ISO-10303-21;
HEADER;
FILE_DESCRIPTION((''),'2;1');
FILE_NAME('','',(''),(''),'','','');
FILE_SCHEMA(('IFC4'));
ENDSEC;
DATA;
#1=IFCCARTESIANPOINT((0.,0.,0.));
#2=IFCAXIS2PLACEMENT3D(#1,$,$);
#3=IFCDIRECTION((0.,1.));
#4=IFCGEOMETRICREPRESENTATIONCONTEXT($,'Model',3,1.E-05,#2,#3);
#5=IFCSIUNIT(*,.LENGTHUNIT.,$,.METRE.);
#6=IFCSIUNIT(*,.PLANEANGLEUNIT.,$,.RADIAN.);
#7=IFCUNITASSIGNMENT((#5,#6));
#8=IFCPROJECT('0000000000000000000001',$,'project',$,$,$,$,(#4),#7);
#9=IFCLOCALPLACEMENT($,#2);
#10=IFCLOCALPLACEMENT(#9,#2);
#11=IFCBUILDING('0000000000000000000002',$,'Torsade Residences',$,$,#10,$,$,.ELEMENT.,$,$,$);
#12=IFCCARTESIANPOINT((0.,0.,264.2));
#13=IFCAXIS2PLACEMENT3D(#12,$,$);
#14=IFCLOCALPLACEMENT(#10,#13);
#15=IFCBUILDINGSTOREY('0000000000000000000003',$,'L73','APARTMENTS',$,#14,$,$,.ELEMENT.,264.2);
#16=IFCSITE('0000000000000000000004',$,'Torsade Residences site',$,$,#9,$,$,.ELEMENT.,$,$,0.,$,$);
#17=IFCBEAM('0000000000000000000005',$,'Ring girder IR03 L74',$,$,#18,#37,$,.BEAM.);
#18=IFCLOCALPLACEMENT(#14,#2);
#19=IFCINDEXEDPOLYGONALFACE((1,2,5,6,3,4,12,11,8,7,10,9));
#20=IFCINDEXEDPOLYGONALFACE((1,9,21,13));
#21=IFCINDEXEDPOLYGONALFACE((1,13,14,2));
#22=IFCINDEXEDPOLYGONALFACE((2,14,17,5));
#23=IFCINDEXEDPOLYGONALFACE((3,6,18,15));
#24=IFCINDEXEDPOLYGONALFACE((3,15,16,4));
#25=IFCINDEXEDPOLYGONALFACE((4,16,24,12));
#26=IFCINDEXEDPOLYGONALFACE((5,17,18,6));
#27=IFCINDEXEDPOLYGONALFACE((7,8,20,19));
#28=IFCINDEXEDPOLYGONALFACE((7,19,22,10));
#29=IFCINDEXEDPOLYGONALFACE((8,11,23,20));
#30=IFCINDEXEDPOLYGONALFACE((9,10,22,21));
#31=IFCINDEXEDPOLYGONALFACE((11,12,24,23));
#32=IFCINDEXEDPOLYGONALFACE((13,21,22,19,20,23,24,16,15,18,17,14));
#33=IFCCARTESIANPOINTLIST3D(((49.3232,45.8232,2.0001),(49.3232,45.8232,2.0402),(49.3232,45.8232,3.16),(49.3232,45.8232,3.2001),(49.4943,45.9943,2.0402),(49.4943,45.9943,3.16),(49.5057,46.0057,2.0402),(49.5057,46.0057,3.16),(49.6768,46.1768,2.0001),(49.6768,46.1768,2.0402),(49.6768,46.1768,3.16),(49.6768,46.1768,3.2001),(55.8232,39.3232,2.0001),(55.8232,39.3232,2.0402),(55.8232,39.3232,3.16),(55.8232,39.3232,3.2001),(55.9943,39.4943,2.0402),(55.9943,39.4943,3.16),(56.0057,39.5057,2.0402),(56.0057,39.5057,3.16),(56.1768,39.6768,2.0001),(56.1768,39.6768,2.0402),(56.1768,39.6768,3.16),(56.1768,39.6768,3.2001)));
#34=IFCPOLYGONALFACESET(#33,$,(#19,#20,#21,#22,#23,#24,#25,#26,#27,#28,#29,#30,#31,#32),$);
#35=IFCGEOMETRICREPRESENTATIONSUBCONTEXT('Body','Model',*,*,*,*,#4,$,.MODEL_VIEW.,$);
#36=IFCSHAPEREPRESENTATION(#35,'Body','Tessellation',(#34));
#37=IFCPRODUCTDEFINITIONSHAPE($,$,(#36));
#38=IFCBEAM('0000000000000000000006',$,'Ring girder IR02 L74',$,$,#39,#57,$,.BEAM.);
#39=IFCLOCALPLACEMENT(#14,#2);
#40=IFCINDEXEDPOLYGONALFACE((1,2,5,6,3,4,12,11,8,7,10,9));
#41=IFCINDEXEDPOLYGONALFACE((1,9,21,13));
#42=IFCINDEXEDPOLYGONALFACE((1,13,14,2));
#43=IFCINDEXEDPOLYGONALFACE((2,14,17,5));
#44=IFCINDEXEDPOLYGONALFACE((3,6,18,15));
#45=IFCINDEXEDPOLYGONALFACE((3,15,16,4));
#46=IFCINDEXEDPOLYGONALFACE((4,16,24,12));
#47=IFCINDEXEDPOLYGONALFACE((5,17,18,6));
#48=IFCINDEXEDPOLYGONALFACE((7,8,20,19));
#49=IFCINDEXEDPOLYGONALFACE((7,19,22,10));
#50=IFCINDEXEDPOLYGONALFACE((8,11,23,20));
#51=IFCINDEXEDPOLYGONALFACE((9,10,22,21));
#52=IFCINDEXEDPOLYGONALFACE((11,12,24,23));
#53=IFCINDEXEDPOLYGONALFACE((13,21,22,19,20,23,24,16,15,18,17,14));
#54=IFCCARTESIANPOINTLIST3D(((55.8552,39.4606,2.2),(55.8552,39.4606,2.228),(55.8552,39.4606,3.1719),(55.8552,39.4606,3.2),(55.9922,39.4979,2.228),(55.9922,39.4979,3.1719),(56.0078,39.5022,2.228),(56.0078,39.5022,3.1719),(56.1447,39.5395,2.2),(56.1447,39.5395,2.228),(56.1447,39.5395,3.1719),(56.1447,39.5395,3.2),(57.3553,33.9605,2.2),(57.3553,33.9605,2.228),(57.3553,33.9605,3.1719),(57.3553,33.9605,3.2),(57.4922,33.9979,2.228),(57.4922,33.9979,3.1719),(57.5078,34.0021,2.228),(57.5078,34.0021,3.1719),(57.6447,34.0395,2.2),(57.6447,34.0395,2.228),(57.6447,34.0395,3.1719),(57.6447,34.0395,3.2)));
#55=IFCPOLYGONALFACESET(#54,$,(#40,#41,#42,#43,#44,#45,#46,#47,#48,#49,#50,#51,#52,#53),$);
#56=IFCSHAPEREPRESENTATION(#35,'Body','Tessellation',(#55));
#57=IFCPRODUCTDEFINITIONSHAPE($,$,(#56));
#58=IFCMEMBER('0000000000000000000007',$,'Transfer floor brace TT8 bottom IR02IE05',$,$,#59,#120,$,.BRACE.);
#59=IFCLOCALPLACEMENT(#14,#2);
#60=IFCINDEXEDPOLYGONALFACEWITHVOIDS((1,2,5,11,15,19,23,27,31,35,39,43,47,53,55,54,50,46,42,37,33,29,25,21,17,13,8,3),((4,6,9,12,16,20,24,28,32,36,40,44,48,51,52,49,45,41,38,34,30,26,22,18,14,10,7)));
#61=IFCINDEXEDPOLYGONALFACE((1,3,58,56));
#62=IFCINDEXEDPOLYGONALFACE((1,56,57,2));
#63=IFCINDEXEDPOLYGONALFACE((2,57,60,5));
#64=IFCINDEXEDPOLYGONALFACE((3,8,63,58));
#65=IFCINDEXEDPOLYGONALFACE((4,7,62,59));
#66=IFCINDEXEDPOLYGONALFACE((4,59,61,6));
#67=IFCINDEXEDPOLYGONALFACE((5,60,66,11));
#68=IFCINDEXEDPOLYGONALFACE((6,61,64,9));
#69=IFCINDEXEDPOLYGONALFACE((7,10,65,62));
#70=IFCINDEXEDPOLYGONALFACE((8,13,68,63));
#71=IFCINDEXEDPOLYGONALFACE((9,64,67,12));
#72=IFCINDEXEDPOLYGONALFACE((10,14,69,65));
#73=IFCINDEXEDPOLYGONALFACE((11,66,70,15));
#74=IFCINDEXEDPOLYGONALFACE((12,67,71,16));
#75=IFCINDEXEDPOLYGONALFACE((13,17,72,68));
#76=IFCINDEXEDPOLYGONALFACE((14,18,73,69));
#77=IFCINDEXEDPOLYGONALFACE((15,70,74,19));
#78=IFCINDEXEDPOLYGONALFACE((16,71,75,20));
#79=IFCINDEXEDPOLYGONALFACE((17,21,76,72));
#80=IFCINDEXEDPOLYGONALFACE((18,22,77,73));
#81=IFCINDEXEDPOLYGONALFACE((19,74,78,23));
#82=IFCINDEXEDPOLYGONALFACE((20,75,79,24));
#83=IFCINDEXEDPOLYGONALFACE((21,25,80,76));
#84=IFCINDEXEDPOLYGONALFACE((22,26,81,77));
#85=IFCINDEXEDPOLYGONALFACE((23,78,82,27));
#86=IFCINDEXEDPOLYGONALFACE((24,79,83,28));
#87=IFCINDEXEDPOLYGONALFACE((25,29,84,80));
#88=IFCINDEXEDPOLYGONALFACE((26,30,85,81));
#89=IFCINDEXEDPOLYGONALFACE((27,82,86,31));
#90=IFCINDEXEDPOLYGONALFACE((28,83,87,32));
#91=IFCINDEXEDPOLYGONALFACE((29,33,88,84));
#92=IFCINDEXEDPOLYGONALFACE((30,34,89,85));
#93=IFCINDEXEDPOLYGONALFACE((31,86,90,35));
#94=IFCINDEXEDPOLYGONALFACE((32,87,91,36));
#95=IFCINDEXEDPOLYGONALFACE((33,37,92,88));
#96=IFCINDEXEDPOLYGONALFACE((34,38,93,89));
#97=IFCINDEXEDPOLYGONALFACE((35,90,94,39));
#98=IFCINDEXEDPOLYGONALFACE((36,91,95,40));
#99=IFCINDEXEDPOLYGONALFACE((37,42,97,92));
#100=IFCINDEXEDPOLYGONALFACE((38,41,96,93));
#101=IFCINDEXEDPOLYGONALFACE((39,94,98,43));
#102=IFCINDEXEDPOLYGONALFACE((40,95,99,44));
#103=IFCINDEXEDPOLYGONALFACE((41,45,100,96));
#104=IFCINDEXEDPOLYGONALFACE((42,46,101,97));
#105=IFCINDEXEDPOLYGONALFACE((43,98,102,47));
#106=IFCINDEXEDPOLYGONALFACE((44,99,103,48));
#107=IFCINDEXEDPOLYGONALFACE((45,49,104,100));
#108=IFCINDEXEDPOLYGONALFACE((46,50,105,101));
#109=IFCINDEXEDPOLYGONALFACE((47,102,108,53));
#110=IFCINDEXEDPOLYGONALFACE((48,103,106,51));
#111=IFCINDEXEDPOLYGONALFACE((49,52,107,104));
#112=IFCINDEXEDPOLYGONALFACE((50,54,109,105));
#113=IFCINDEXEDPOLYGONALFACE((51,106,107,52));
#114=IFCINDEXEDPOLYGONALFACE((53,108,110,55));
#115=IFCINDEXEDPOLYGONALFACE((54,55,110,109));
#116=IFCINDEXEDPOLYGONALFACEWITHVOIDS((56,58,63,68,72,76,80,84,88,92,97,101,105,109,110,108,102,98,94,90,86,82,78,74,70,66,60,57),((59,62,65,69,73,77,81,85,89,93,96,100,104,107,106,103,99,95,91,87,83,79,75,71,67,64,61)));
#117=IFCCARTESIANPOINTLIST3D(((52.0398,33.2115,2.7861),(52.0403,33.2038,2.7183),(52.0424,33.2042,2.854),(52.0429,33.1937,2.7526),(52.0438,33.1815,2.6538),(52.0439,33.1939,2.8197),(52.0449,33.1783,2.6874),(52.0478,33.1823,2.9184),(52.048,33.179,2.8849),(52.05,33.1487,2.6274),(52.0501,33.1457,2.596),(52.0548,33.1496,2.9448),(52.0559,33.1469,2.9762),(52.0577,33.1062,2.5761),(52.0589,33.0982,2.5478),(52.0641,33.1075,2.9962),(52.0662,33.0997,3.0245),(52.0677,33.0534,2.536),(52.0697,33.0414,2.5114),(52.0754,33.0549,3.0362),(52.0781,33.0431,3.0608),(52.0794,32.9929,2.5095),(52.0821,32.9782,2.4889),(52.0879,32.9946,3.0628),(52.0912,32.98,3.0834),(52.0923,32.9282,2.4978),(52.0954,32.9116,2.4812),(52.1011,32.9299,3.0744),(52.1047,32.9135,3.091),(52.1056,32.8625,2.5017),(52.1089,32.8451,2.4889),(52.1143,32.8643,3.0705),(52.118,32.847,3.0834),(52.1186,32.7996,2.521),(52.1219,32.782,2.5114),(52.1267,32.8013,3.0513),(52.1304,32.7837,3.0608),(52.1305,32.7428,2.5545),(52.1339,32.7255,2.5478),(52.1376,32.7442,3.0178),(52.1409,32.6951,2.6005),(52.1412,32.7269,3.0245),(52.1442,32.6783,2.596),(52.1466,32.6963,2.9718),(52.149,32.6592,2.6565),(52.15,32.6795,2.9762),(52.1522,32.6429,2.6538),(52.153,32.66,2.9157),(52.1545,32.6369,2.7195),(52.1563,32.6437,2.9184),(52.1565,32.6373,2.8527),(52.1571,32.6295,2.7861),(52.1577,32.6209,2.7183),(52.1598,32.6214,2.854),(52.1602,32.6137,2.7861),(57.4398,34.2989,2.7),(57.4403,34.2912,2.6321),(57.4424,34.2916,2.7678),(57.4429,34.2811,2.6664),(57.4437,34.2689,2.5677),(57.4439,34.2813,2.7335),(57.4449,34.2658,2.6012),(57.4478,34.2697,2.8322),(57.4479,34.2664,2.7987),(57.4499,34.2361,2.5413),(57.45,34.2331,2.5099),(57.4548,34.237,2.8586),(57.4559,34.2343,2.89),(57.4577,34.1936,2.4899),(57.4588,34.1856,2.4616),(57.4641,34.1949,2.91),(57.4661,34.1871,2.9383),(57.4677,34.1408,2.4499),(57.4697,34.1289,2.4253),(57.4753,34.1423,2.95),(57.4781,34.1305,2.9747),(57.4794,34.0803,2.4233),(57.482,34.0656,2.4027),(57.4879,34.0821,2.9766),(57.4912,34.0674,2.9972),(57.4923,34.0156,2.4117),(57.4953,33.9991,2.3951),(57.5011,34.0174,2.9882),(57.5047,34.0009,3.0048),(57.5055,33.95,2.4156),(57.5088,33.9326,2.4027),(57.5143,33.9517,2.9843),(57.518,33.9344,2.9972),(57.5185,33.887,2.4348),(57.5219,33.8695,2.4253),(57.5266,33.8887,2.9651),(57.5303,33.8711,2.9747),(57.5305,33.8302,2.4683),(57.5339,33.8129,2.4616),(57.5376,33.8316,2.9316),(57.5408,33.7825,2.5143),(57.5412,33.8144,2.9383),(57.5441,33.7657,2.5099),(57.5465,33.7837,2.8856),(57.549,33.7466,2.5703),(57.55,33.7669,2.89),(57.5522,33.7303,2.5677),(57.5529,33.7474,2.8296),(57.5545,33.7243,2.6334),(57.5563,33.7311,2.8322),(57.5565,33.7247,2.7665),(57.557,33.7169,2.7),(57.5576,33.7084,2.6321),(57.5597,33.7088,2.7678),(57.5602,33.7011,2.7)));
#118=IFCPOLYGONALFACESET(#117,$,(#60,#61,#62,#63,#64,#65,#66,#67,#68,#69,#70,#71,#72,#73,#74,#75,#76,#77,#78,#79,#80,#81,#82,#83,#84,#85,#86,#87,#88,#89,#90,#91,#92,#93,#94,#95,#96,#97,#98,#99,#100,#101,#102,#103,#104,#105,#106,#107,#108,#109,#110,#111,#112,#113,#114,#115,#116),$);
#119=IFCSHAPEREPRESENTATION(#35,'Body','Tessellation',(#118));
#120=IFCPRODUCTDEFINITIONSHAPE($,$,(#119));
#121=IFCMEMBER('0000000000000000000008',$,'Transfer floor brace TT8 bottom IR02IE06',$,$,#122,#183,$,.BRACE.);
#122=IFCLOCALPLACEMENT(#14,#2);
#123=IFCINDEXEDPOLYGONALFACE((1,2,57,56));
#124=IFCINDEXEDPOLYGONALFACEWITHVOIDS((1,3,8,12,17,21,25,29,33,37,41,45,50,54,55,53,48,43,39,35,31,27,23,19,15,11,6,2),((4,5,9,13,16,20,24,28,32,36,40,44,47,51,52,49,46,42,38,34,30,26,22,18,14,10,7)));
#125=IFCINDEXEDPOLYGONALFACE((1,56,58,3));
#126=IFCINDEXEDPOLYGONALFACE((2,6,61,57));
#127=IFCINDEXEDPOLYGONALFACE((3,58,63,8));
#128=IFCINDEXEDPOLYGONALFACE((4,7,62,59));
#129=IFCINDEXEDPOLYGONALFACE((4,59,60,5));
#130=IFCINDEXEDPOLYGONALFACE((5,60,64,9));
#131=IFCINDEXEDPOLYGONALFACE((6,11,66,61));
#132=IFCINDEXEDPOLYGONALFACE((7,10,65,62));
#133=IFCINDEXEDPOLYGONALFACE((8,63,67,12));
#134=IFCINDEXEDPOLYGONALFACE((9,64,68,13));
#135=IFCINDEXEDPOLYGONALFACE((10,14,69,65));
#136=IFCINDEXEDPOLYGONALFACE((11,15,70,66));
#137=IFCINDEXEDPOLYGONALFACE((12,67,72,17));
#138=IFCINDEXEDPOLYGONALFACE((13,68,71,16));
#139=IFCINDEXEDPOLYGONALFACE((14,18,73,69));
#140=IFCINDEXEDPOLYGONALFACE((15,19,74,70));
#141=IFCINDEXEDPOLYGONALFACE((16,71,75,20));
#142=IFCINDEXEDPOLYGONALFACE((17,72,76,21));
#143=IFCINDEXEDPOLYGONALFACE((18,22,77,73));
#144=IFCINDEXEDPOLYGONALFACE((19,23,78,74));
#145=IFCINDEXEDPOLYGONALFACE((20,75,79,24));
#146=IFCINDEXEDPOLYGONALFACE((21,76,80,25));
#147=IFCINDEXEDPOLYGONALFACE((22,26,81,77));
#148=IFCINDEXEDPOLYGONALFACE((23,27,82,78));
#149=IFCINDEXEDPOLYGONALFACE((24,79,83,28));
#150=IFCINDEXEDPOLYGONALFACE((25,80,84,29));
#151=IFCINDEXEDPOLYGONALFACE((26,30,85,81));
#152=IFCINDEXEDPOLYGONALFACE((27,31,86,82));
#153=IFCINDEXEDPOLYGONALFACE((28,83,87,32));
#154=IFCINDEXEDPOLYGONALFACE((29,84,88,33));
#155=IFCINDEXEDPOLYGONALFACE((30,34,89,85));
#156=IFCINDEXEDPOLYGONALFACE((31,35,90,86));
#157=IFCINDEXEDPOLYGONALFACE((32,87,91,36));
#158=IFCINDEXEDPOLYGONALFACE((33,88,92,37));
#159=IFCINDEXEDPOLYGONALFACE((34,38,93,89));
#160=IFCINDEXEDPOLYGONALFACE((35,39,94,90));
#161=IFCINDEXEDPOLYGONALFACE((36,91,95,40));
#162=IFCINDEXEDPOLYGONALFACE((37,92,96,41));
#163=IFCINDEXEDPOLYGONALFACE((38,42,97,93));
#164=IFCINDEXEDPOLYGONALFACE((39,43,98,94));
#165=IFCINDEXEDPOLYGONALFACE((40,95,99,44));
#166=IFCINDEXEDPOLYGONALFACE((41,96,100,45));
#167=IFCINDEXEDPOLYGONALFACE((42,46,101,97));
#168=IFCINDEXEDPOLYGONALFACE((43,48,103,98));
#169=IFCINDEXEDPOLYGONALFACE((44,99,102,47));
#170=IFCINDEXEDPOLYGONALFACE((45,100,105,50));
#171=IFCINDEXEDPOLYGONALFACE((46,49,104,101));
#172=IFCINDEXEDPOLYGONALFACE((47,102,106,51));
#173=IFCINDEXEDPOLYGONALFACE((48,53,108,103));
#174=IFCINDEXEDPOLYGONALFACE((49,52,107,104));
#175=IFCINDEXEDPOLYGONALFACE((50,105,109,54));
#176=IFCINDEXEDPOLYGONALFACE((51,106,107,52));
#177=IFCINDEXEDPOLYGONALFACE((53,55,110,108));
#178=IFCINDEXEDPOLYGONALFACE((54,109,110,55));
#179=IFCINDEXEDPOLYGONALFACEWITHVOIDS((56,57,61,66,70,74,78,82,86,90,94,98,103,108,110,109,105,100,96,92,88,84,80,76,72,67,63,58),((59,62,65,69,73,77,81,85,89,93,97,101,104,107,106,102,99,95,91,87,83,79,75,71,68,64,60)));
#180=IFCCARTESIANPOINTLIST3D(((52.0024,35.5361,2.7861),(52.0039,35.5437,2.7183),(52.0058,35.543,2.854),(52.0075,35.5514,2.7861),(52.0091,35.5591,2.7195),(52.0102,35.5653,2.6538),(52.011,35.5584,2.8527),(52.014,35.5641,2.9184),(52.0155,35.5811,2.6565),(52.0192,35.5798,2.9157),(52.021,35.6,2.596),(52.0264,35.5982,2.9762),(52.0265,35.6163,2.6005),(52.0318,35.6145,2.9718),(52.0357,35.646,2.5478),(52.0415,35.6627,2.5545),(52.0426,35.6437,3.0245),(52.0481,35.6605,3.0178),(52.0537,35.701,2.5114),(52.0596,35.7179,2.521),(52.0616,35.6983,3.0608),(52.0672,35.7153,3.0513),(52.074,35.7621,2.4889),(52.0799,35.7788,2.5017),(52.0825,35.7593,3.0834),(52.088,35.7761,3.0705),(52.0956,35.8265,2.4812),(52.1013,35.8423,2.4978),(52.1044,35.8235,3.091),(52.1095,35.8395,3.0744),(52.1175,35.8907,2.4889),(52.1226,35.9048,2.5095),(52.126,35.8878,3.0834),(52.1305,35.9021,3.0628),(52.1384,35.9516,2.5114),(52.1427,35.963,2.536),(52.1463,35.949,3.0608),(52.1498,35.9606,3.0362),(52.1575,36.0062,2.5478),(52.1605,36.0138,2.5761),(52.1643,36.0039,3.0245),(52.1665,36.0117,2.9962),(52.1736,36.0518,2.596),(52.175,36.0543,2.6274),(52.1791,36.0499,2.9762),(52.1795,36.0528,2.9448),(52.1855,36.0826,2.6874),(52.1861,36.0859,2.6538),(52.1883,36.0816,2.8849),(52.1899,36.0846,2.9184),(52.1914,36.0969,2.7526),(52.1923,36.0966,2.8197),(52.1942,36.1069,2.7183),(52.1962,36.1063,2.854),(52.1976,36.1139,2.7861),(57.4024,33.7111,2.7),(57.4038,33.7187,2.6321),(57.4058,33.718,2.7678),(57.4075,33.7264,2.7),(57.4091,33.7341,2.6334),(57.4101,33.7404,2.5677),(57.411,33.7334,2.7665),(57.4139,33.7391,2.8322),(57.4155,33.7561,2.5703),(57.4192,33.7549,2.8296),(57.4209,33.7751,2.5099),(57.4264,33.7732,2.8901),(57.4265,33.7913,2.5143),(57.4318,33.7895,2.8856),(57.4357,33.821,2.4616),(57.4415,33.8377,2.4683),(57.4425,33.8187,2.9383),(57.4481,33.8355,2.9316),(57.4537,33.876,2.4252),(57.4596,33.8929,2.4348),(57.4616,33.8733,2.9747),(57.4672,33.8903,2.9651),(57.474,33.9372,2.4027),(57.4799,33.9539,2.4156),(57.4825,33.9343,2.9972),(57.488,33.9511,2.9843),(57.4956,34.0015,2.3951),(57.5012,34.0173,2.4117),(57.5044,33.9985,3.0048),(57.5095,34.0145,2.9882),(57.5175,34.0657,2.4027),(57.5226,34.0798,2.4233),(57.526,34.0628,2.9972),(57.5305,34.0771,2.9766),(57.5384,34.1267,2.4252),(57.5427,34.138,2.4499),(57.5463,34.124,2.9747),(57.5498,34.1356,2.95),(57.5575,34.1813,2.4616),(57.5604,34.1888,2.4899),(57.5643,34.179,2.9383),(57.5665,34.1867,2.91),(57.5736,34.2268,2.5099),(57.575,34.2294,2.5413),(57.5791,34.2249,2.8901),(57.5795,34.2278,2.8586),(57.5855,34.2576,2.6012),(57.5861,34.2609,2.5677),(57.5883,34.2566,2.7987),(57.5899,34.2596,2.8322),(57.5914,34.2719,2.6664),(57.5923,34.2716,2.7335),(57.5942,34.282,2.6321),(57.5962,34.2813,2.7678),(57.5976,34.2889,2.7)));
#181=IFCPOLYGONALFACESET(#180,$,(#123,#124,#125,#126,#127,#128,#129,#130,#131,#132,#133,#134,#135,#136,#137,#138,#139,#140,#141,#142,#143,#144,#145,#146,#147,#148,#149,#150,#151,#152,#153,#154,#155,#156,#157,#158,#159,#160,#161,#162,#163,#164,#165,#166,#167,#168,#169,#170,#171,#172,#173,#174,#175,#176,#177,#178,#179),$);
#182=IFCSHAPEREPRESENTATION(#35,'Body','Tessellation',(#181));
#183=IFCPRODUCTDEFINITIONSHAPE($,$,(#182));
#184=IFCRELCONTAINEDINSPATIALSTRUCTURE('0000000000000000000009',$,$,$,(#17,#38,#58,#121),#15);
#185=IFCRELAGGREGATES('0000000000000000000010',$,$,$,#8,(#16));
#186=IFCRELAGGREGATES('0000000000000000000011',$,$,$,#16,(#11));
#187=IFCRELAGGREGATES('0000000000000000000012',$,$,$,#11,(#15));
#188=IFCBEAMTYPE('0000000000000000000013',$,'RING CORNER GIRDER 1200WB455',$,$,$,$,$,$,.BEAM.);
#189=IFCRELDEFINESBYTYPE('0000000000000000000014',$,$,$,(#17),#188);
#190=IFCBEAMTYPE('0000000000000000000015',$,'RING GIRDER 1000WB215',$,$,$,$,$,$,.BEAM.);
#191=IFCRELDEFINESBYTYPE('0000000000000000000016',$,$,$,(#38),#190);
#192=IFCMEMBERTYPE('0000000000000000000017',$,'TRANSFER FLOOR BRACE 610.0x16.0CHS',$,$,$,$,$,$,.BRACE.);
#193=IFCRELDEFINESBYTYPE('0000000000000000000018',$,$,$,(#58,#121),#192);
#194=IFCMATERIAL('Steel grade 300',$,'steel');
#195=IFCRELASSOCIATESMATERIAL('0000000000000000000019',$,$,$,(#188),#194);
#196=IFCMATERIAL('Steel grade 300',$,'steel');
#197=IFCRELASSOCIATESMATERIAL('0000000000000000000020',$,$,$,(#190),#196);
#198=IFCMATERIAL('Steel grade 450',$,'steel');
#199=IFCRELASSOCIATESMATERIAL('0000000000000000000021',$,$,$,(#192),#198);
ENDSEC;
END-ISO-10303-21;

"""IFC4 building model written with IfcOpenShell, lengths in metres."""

from ifc_helpers import new_model, si_unit, direction, frame, origin, origin_2d, place, context, subcontext, project, spatial, hollow_circle, i_section, extrude, material, material_profile, profile_set, type_object, element, save


model = new_model("IFC4")

# Units and contexts
model_context = context("Model", 3, precision=1e-05, world=origin(), true_north=direction((0.0, 1.0)))
body_context = subcontext(model_context, "Body", "Model", "MODEL_VIEW")
ifc_project = project(units=[si_unit("LENGTHUNIT", "METRE"), si_unit("PLANEANGLEUNIT", "RADIAN")], contexts=[model_context])

# Site, building, storey
site_placement = place(None, origin())
site = spatial("IfcSite", under=ifc_project, at=site_placement, Name="Torsade Residences site", CompositionType="ELEMENT", RefElevation=0.0)
building_placement = place(site_placement, origin())
building = spatial("IfcBuilding", under=site, at=building_placement, Name="Torsade Residences", CompositionType="ELEMENT")
storey_placement = place(building_placement, frame((0.0, 0.0, 264.2)))
storey = spatial("IfcBuildingStorey", under=building, at=storey_placement, Name="L73", Description="APARTMENTS", CompositionType="ELEMENT", Elevation=264.2)

# Beams
ifc_material_1 = material(Name="Steel grade 300", Category="steel")
ifc_material_profile_1 = material_profile(ifc_material_1, i_section(OverallWidth=0.5, OverallDepth=1.2, WebThickness=0.0161, FlangeThickness=0.04, at=origin_2d()), Name="1200WB455")
ifc_profile_set_1 = profile_set([ifc_material_profile_1], Name="Steel grade 300")
beam_type_1 = type_object("IfcBeamType", Name="RING CORNER GIRDER 1200WB455", PredefinedType="BEAM", material=ifc_profile_set_1)
beam_1_placement = place(storey_placement, frame((56.0, 39.5, 2.6001), z_axis=(-0.707107, 0.707107, 0.0), x_axis=(-0.707107, -0.707107, 0.0)))
element("IfcBeam", 1, at=beam_1_placement, inside=storey, type_object=beam_type_1, Name="Ring girder IR03 L74", PredefinedType="BEAM", context=body_context, shape_type="SweptSolid", body=[
    extrude(i_section(OverallWidth=0.5, OverallDepth=1.2, WebThickness=0.0161, FlangeThickness=0.04, at=origin_2d()), origin(), (0.0, 0.0, 1.0), 9.1924),
])
ifc_material_2 = material(Name="Steel grade 300", Category="steel")
ifc_material_profile_2 = material_profile(ifc_material_2, i_section(OverallWidth=0.3, OverallDepth=1.0, WebThickness=0.0161, FlangeThickness=0.0281, at=origin_2d()), Name="1000WB215")
ifc_profile_set_2 = profile_set([ifc_material_profile_2], Name="Steel grade 300")
beam_type_2 = type_object("IfcBeamType", Name="RING GIRDER 1000WB215", PredefinedType="BEAM", material=ifc_profile_set_2)
beam_2_placement = place(storey_placement, frame((57.5, 34.0, 2.7), z_axis=(-0.263117, 0.964764, 0.0), x_axis=(-0.964764, -0.263117, 0.0)))
element("IfcBeam", 2, at=beam_2_placement, inside=storey, type_object=beam_type_2, Name="Ring girder IR02 L74", PredefinedType="BEAM", context=body_context, shape_type="SweptSolid", body=[
    extrude(i_section(OverallWidth=0.3, OverallDepth=1.0, WebThickness=0.0161, FlangeThickness=0.0281, at=origin_2d()), origin(), (0.0, 0.0, 1.0), 5.7009),
])

# Members
ifc_material_3 = material(Name="Steel grade 450", Category="steel")
ifc_material_profile_3 = material_profile(ifc_material_3, hollow_circle(Radius=0.3049, WallThickness=0.0161, at=origin_2d()), Name="610.0x16.0CHS")
ifc_profile_set_3 = profile_set([ifc_material_profile_3], Name="Steel grade 450")
member_type_1 = type_object("IfcMemberType", Name="TRANSFER FLOOR BRACE 610.0x16.0CHS", PredefinedType="BRACE", material=ifc_profile_set_3)
member_1_placement = place(storey_placement, frame((57.5, 34.0, 2.7), z_axis=(-0.980201, -0.197387, 0.015644), x_axis=(0.197412, -0.980321, 0.0)))
element("IfcMember", 3, at=member_1_placement, inside=storey, type_object=member_type_1, Name="Transfer floor brace TT8 bottom IR02IE05", PredefinedType="BRACE", context=body_context, shape_type="SweptSolid", body=[
    extrude(hollow_circle(Radius=0.3049, WallThickness=0.0161, at=origin_2d()), origin(), (0.0, 0.0, 1.0), 5.509),
])
member_2_placement = place(storey_placement, frame((57.5, 34.0, 2.7), z_axis=(-0.947252, 0.320133, 0.015118), x_axis=(-0.32017, -0.94736, 0.0)))
element("IfcMember", 4, at=member_2_placement, inside=storey, type_object=member_type_1, Name="Transfer floor brace TT8 bottom IR02IE06", PredefinedType="BRACE", context=body_context, shape_type="SweptSolid", body=[
    extrude(hollow_circle(Radius=0.3049, WallThickness=0.0161, at=origin_2d()), origin(), (0.0, 0.0, 1.0), 5.7007),
])

save(model, "model.ifc")
